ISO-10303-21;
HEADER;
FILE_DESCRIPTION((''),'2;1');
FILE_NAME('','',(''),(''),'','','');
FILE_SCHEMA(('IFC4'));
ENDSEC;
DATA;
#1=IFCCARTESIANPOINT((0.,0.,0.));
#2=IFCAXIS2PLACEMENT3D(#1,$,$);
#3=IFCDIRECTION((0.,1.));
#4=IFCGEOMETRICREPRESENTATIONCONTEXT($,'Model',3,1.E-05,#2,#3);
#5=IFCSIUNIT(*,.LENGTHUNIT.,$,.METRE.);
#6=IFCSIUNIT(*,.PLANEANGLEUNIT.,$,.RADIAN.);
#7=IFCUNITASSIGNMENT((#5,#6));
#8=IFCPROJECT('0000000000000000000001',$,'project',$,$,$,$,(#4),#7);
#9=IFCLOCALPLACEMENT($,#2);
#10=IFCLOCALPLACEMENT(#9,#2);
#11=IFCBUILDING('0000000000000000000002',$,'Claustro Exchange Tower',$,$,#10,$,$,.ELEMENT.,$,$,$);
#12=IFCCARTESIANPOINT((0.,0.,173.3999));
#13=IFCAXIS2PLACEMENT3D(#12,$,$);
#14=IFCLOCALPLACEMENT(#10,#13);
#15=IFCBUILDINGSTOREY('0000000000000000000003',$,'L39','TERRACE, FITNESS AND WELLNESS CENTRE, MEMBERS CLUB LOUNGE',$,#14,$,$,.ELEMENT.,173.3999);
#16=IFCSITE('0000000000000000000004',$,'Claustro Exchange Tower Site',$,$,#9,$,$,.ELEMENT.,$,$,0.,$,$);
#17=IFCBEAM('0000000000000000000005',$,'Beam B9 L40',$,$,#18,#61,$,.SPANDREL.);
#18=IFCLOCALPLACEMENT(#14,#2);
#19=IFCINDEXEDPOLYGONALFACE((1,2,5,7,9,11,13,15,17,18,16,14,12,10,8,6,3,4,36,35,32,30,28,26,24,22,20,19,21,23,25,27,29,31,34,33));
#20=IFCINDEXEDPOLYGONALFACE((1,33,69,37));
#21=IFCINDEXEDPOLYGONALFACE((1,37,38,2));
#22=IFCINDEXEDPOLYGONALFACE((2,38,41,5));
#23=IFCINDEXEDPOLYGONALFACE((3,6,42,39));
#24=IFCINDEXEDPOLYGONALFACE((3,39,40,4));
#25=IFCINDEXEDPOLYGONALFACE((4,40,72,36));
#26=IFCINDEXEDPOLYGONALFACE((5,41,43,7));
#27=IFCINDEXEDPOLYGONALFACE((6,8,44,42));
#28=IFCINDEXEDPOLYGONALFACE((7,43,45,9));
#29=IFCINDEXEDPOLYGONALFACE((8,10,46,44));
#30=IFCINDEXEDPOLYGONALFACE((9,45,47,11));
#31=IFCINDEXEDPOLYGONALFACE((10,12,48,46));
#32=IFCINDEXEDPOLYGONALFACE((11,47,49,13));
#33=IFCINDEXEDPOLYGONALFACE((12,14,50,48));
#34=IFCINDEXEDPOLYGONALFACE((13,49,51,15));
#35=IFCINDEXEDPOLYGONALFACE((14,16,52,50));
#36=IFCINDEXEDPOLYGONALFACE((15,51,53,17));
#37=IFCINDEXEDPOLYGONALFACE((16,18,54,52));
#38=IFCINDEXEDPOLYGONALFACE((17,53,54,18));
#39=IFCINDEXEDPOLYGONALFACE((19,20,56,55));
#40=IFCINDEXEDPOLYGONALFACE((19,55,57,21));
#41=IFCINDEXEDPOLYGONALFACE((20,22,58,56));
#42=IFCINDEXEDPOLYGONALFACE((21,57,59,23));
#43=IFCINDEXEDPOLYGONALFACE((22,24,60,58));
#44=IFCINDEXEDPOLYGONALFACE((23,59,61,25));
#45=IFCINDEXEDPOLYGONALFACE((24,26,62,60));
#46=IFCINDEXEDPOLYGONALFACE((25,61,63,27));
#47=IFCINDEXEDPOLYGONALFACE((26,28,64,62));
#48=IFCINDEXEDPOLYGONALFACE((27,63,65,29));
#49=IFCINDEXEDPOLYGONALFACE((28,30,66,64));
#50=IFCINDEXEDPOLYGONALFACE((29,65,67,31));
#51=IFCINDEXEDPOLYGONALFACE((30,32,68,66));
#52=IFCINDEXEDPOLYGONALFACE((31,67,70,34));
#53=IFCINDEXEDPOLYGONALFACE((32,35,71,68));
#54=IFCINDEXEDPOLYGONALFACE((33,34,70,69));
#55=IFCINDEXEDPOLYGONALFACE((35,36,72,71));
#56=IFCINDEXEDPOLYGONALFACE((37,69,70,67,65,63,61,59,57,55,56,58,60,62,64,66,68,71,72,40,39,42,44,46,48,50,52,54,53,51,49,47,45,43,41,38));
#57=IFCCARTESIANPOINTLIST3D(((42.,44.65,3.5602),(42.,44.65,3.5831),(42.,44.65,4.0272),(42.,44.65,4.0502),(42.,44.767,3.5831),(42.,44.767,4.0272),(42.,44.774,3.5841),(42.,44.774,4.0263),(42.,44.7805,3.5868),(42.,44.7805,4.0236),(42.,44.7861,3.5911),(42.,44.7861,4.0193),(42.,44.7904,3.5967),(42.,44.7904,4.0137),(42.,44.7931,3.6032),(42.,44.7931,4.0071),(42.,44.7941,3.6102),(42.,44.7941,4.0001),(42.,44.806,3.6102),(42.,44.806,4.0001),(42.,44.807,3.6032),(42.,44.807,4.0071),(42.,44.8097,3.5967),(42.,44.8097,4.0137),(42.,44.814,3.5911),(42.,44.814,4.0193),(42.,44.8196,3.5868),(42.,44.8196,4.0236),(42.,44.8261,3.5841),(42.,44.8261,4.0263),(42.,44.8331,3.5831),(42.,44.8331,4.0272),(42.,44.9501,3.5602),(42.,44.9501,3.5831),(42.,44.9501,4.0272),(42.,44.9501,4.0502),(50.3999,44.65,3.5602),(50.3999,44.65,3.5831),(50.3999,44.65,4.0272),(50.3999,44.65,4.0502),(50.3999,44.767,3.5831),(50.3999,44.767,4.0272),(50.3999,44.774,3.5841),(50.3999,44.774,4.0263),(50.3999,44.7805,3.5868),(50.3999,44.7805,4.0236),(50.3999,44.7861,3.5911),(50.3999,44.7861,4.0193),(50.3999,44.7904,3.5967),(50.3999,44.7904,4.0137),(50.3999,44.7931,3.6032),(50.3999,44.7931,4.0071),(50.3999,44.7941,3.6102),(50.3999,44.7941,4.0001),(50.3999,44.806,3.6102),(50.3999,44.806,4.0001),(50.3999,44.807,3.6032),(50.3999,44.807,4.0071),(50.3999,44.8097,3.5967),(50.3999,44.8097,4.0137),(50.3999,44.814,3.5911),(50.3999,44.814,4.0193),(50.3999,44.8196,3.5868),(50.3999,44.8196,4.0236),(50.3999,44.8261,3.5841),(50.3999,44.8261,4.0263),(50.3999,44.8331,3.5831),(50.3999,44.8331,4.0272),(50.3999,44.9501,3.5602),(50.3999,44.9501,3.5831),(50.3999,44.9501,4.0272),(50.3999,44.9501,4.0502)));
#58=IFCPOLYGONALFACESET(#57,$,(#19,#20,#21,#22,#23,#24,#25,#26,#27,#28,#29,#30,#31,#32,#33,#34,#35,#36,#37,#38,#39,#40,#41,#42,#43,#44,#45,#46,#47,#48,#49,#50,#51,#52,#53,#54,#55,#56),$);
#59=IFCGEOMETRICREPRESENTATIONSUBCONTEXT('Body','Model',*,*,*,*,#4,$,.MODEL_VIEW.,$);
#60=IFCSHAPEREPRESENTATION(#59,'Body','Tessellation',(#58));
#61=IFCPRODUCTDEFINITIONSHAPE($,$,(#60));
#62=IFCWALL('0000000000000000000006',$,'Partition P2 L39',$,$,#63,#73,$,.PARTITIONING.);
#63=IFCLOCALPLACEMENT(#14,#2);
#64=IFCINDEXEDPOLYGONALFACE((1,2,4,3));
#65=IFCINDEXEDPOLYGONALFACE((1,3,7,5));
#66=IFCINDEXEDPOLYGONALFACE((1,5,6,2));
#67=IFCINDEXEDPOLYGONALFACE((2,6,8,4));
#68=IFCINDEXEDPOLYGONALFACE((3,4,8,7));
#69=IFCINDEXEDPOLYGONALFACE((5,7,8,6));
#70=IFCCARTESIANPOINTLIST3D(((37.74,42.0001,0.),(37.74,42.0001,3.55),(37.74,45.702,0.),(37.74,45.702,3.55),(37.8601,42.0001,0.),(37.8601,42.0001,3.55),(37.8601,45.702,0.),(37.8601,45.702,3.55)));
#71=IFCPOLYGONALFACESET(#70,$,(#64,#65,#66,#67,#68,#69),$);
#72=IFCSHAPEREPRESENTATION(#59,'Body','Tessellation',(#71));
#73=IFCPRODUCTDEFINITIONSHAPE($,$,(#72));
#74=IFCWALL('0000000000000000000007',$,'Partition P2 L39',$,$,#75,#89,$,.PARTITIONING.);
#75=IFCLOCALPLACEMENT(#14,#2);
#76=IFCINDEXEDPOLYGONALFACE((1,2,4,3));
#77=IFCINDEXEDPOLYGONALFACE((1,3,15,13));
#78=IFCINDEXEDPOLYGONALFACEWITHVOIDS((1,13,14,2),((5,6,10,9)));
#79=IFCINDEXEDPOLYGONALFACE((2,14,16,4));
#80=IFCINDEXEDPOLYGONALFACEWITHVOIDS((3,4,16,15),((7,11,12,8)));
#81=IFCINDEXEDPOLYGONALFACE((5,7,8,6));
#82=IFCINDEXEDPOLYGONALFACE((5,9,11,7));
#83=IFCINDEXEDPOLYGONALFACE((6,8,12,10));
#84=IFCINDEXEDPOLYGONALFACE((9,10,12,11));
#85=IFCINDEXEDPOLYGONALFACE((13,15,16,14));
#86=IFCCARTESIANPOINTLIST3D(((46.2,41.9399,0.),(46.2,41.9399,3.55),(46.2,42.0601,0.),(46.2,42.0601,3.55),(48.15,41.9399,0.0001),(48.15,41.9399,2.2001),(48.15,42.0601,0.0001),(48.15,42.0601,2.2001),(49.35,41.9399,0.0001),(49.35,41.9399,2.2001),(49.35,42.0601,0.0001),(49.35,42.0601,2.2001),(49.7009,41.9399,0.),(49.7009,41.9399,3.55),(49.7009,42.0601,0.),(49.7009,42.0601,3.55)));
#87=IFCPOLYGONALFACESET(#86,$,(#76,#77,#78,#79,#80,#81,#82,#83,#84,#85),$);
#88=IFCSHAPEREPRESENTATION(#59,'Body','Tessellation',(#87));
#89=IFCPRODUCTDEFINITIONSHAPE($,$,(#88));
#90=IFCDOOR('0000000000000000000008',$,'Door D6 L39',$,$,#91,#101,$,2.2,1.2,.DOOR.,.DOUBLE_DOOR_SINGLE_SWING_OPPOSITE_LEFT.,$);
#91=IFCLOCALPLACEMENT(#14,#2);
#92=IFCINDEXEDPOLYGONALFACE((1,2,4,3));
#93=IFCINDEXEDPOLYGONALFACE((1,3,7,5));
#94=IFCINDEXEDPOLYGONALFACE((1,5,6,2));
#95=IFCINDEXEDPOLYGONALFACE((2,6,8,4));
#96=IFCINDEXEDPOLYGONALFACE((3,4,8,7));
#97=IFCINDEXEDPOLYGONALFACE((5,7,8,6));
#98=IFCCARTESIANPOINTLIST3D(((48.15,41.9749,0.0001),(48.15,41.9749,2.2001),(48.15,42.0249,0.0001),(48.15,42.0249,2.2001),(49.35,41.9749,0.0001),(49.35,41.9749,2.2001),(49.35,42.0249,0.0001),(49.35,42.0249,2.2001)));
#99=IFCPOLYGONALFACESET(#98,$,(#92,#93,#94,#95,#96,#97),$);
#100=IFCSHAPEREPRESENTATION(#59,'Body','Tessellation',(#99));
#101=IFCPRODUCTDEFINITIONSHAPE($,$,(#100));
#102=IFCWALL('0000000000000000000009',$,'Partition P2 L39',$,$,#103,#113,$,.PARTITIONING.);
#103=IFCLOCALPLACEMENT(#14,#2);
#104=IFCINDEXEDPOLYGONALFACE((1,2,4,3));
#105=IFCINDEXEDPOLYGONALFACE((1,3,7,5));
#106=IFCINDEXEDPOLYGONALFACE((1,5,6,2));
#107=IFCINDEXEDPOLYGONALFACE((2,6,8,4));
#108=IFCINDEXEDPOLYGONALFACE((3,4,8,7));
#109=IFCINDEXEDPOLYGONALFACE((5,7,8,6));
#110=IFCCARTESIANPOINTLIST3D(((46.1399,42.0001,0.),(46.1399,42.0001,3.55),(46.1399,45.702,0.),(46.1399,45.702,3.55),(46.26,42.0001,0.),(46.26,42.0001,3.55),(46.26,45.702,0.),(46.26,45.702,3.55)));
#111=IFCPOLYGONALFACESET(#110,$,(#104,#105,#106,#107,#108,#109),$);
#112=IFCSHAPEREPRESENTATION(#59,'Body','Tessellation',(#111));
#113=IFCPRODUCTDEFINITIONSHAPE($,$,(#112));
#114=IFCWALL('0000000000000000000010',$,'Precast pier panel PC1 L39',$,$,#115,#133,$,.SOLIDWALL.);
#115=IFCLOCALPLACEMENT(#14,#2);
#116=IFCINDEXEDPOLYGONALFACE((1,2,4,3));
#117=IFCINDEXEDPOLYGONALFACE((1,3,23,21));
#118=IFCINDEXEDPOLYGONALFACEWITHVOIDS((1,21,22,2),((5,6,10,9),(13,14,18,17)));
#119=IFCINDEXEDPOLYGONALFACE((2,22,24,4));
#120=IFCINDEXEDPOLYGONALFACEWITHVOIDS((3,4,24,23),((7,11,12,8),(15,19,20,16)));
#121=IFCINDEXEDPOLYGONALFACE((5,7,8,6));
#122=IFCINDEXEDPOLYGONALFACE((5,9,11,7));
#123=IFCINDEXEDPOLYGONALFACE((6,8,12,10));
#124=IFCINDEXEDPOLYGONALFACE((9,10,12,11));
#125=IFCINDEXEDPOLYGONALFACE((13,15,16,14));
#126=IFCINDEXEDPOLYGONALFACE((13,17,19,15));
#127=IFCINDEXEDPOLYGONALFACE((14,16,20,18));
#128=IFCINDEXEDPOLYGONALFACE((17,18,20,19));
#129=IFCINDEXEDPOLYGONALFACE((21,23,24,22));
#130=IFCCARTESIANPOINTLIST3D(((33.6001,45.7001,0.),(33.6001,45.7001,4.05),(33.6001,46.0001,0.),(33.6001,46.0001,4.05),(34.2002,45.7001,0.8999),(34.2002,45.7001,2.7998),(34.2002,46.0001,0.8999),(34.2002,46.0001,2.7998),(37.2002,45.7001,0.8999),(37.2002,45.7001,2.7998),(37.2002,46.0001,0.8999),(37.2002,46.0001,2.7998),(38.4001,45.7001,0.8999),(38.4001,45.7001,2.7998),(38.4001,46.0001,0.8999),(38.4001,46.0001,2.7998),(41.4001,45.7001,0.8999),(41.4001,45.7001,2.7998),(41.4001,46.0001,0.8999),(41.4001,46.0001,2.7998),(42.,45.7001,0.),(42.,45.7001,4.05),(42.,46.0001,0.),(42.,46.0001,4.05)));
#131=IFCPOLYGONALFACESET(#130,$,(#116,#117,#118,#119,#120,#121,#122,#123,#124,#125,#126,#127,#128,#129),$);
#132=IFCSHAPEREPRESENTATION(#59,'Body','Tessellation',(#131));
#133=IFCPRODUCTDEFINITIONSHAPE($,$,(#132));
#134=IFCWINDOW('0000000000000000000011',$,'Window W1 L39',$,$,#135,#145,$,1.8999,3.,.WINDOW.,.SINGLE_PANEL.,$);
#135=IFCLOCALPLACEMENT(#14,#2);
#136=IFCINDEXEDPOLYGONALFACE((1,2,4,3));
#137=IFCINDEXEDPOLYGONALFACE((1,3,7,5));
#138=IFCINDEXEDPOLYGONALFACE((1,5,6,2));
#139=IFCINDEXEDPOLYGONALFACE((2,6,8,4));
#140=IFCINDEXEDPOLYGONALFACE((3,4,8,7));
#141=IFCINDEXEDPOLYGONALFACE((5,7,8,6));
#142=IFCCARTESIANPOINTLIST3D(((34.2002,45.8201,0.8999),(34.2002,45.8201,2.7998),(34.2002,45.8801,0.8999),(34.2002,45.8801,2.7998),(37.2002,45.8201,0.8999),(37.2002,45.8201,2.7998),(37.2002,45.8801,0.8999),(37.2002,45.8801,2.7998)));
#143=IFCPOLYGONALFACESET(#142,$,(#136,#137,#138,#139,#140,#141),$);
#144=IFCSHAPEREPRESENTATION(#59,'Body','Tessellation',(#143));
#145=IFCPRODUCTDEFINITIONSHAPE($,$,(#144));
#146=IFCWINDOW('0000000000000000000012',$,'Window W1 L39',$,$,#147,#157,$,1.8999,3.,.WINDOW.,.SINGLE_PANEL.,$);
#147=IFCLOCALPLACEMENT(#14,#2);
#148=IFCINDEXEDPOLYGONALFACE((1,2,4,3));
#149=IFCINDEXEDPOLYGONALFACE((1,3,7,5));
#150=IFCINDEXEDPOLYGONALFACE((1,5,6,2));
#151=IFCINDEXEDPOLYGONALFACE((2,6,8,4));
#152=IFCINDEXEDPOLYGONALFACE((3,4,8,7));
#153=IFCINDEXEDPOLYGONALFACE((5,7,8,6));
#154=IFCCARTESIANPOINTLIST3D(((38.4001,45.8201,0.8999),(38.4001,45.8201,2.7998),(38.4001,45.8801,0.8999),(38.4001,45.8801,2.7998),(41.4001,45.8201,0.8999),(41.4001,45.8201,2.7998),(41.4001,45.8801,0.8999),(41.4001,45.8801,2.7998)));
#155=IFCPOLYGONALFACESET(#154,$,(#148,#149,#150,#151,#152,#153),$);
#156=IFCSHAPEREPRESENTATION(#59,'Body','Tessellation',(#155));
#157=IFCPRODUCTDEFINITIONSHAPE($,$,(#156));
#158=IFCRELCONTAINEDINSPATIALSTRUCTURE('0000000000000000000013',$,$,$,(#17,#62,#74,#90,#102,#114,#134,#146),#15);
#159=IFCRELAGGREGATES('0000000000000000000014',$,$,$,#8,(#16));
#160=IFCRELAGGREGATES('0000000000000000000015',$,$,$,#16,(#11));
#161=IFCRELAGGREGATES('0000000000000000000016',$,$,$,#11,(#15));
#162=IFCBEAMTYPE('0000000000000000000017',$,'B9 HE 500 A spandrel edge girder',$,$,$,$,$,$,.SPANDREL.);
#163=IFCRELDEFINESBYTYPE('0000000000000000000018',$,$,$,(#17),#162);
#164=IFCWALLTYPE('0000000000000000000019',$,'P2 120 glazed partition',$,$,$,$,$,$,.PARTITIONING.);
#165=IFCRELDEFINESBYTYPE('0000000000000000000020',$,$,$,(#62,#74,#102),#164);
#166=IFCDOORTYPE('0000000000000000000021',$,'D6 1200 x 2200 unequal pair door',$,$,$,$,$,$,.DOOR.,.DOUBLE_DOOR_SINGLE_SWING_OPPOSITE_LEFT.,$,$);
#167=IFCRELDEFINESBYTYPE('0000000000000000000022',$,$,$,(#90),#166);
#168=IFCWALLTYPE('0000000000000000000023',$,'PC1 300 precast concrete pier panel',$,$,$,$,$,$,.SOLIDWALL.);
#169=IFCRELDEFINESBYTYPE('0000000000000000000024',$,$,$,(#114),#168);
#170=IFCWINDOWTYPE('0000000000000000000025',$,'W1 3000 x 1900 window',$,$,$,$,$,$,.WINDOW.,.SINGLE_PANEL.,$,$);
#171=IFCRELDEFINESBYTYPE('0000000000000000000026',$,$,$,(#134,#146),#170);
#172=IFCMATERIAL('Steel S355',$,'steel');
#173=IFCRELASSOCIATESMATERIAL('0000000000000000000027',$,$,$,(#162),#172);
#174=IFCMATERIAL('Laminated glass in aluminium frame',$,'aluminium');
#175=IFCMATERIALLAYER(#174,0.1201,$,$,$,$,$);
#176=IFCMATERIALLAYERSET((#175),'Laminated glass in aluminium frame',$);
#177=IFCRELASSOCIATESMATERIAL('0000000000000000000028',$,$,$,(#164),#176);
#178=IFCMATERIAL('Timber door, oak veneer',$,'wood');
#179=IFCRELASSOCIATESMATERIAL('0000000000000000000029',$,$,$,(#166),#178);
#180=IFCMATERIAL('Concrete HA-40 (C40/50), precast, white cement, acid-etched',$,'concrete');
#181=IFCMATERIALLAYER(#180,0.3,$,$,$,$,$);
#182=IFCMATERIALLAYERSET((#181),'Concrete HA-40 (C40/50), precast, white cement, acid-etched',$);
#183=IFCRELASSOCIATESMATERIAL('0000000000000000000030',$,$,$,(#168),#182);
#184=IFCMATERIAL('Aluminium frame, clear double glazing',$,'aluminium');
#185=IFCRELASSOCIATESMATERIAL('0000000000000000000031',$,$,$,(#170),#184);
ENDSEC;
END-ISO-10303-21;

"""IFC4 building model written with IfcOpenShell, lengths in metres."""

from ifc_helpers import new_model, si_unit, direction, frame, frame_2d, origin, origin_2d, place, context, subcontext, project, spatial, rectangle, i_section, extrude, material, layer, layer_set, material_profile, profile_set, type_object, element, fill, save


model = new_model("IFC4")

# Units and contexts
model_context = context("Model", 3, precision=1e-05, world=origin(), true_north=direction((0.0, 1.0)))
body_context = subcontext(model_context, "Body", "Model", "MODEL_VIEW")
ifc_project = project(units=[si_unit("LENGTHUNIT", "METRE"), si_unit("PLANEANGLEUNIT", "RADIAN")], contexts=[model_context])

# Site, building, storey
site_placement = place(None, origin())
site = spatial("IfcSite", under=ifc_project, at=site_placement, Name="Claustro Exchange Tower Site", CompositionType="ELEMENT", RefElevation=0.0)
building_placement = place(site_placement, origin())
building = spatial("IfcBuilding", under=site, at=building_placement, Name="Claustro Exchange Tower", CompositionType="ELEMENT")
storey_placement = place(building_placement, frame((0.0, 0.0, 173.3999)))
storey = spatial("IfcBuildingStorey", under=building, at=storey_placement, Name="L39", Description="TERRACE, FITNESS AND WELLNESS CENTRE, MEMBERS CLUB LOUNGE", CompositionType="ELEMENT", Elevation=173.3999)

# Beam
ifc_material_1 = material(Name="Steel S355", Category="steel")
ifc_material_profile_1 = material_profile(ifc_material_1, i_section(OverallWidth=0.3, OverallDepth=0.49, WebThickness=0.012, FlangeThickness=0.0229, FilletRadius=0.0271, at=origin_2d()), Name="HE 500 A")
ifc_profile_set_1 = profile_set([ifc_material_profile_1], Name="Steel S355")
beam_type_1 = type_object("IfcBeamType", Name="B9 HE 500 A spandrel edge girder", PredefinedType="SPANDREL", material=ifc_profile_set_1)
for number, where, z_axis, x_axis, name in (
    (1, (42.0, 44.8, 3.8052), (1.0, 0.0, 0.0), (0.0, 1.0, 0.0), "Beam B9 L40"),
):
    element("IfcBeam", number, at=place(storey_placement, frame(where, z_axis=z_axis, x_axis=x_axis)), inside=storey, type_object=beam_type_1, Name=name, PredefinedType="SPANDREL", context=body_context, shape_type="SweptSolid", body=[
        extrude(i_section(OverallWidth=0.3, OverallDepth=0.49, WebThickness=0.012, FlangeThickness=0.0229, FilletRadius=0.0271, at=origin_2d()), origin(), (0.0, 0.0, 1.0), 8.3999),
    ])

# Wall
ifc_material_2 = material(Name="Laminated glass in aluminium frame", Category="aluminium")
ifc_layer_1 = layer(ifc_material_2, 0.1201)
ifc_layer_set_1 = layer_set([ifc_layer_1], Name="Laminated glass in aluminium frame")
wall_type_1 = type_object("IfcWallType", Name="P2 120 glazed partition", PredefinedType="PARTITIONING", material=ifc_layer_set_1)
wall_1_placement = place(storey_placement, frame((37.8, 42.0, 0.0), z_axis=(0.0, 0.0, 1.0), x_axis=(0.0, 1.0, 0.0)))
element("IfcWall", 2, at=wall_1_placement, inside=storey, type_object=wall_type_1, Name="Partition P2 L39", PredefinedType="PARTITIONING", context=body_context, shape_type="SweptSolid", body=[
    extrude(rectangle(XDim=3.7019, YDim=0.1201, at=frame_2d((1.8511, 0.0))), origin(), (0.0, 0.0, 1.0), 3.55),
])

# Wall, opening, door
wall_2_placement = place(storey_placement, frame((46.2, 42.0, 0.0), z_axis=(0.0, 0.0, 1.0), x_axis=(1.0, 0.0, 0.0)))
wall_2 = element("IfcWall", 3, at=wall_2_placement, inside=storey, type_object=wall_type_1, Name="Partition P2 L39", PredefinedType="PARTITIONING", context=body_context, shape_type="SweptSolid", body=[
    extrude(rectangle(XDim=3.501, YDim=0.1201, at=frame_2d((1.7505, 0.0))), origin(), (0.0, 0.0, 1.0), 3.55),
])
opening_1_placement = place(wall_2_placement, frame((1.95, 0.0, 0.0)))
opening_1 = element("IfcOpeningElement", 4, at=opening_1_placement, cuts=wall_2, PredefinedType="OPENING", context=body_context, shape_type="SweptSolid", body=[
    extrude(rectangle(XDim=1.2, YDim=2.2, at=frame_2d((0.6001, 1.1001))), frame((0.0, 0.0701, 0.0), z_axis=(0.0, -1.0, 0.0), x_axis=(1.0, 0.0, 0.0)), (0.0, 0.0, 1.0), 0.1401),
])
ifc_material_3 = material(Name="Timber door, oak veneer", Category="wood")
door_type_1 = type_object("IfcDoorType", Name="D6 1200 x 2200 unequal pair door", OperationType="DOUBLE_DOOR_SINGLE_SWING_OPPOSITE_LEFT", PredefinedType="DOOR", material=ifc_material_3)
door_1_placement = place(opening_1_placement, origin())
door_1 = element("IfcDoor", 5, at=door_1_placement, inside=storey, type_object=door_type_1, Name="Door D6 L39", OperationType="DOUBLE_DOOR_SINGLE_SWING_OPPOSITE_LEFT", OverallHeight=2.2, OverallWidth=1.2, PredefinedType="DOOR", context=body_context, shape_type="SweptSolid", body=[
    extrude(rectangle(XDim=1.2, YDim=2.2, at=frame_2d((0.6001, 1.1001))), frame((0.0, 0.0249, 0.0), z_axis=(0.0, -1.0, 0.0), x_axis=(1.0, 0.0, 0.0)), (0.0, 0.0, 1.0), 0.05),
])
fill(opening_1, door_1)

# Wall
wall_3_placement = place(storey_placement, frame((46.2, 42.0, 0.0), z_axis=(0.0, 0.0, 1.0), x_axis=(0.0, 1.0, 0.0)))
element("IfcWall", 6, at=wall_3_placement, inside=storey, type_object=wall_type_1, Name="Partition P2 L39", PredefinedType="PARTITIONING", context=body_context, shape_type="SweptSolid", body=[
    extrude(rectangle(XDim=3.7019, YDim=0.1201, at=frame_2d((1.8511, 0.0))), origin(), (0.0, 0.0, 1.0), 3.55),
])

# Wall, openings, windows
ifc_material_4 = material(Name="Concrete HA-40 (C40/50), precast, white cement, acid-etched", Category="concrete")
ifc_layer_2 = layer(ifc_material_4, 0.3)
ifc_layer_set_2 = layer_set([ifc_layer_2], Name="Concrete HA-40 (C40/50), precast, white cement, acid-etched")
wall_type_2 = type_object("IfcWallType", Name="PC1 300 precast concrete pier panel", PredefinedType="SOLIDWALL", material=ifc_layer_set_2)
wall_4_placement = place(storey_placement, frame((33.6001, 45.8501, 0.0), z_axis=(0.0, 0.0, 1.0), x_axis=(1.0, 0.0, 0.0)))
wall_4 = element("IfcWall", 7, at=wall_4_placement, inside=storey, type_object=wall_type_2, Name="Precast pier panel PC1 L39", PredefinedType="SOLIDWALL", context=body_context, shape_type="SweptSolid", body=[
    extrude(rectangle(XDim=8.3999, YDim=0.3, at=frame_2d((4.2, 0.0))), origin(), (0.0, 0.0, 1.0), 4.05),
])
opening_2_placement = place(wall_4_placement, frame((0.6001, 0.0, 0.8999)))
opening_2 = element("IfcOpeningElement", 8, at=opening_2_placement, cuts=wall_4, PredefinedType="OPENING", context=body_context, shape_type="SweptSolid", body=[
    extrude(rectangle(XDim=3.0, YDim=1.8999, at=frame_2d((1.5, 0.95))), frame((0.0, 0.1599, 0.0), z_axis=(0.0, -1.0, 0.0), x_axis=(1.0, 0.0, 0.0)), (0.0, 0.0, 1.0), 0.3201),
])
opening_3_placement = place(wall_4_placement, frame((4.8, 0.0, 0.8999)))
opening_3 = element("IfcOpeningElement", 9, at=opening_3_placement, cuts=wall_4, PredefinedType="OPENING", context=body_context, shape_type="SweptSolid", body=[
    extrude(rectangle(XDim=3.0, YDim=1.8999, at=frame_2d((1.5, 0.95))), frame((0.0, 0.1599, 0.0), z_axis=(0.0, -1.0, 0.0), x_axis=(1.0, 0.0, 0.0)), (0.0, 0.0, 1.0), 0.3201),
])
ifc_material_5 = material(Name="Aluminium frame, clear double glazing", Category="aluminium")
window_type = type_object("IfcWindowType", Name="W1 3000 x 1900 window", PartitioningType="SINGLE_PANEL", PredefinedType="WINDOW", material=ifc_material_5)
window_1_placement = place(opening_2_placement, origin())
window_1 = element("IfcWindow", 10, at=window_1_placement, inside=storey, type_object=window_type, Name="Window W1 L39", OverallHeight=1.8999, OverallWidth=3.0, PartitioningType="SINGLE_PANEL", PredefinedType="WINDOW", context=body_context, shape_type="SweptSolid", body=[
    extrude(rectangle(XDim=3.0, YDim=1.8999, at=frame_2d((1.5, 0.95))), frame((0.0, 0.03, 0.0), z_axis=(0.0, -1.0, 0.0), x_axis=(1.0, 0.0, 0.0)), (0.0, 0.0, 1.0), 0.0601),
])
fill(opening_2, window_1)
window_2_placement = place(opening_3_placement, origin())
window_2 = element("IfcWindow", 11, at=window_2_placement, inside=storey, type_object=window_type, Name="Window W1 L39", OverallHeight=1.8999, OverallWidth=3.0, PartitioningType="SINGLE_PANEL", PredefinedType="WINDOW", context=body_context, shape_type="SweptSolid", body=[
    extrude(rectangle(XDim=3.0, YDim=1.8999, at=frame_2d((1.5, 0.95))), frame((0.0, 0.03, 0.0), z_axis=(0.0, -1.0, 0.0), x_axis=(1.0, 0.0, 0.0)), (0.0, 0.0, 1.0), 0.0601),
])
fill(opening_3, window_2)

save(model, "model.ifc")
